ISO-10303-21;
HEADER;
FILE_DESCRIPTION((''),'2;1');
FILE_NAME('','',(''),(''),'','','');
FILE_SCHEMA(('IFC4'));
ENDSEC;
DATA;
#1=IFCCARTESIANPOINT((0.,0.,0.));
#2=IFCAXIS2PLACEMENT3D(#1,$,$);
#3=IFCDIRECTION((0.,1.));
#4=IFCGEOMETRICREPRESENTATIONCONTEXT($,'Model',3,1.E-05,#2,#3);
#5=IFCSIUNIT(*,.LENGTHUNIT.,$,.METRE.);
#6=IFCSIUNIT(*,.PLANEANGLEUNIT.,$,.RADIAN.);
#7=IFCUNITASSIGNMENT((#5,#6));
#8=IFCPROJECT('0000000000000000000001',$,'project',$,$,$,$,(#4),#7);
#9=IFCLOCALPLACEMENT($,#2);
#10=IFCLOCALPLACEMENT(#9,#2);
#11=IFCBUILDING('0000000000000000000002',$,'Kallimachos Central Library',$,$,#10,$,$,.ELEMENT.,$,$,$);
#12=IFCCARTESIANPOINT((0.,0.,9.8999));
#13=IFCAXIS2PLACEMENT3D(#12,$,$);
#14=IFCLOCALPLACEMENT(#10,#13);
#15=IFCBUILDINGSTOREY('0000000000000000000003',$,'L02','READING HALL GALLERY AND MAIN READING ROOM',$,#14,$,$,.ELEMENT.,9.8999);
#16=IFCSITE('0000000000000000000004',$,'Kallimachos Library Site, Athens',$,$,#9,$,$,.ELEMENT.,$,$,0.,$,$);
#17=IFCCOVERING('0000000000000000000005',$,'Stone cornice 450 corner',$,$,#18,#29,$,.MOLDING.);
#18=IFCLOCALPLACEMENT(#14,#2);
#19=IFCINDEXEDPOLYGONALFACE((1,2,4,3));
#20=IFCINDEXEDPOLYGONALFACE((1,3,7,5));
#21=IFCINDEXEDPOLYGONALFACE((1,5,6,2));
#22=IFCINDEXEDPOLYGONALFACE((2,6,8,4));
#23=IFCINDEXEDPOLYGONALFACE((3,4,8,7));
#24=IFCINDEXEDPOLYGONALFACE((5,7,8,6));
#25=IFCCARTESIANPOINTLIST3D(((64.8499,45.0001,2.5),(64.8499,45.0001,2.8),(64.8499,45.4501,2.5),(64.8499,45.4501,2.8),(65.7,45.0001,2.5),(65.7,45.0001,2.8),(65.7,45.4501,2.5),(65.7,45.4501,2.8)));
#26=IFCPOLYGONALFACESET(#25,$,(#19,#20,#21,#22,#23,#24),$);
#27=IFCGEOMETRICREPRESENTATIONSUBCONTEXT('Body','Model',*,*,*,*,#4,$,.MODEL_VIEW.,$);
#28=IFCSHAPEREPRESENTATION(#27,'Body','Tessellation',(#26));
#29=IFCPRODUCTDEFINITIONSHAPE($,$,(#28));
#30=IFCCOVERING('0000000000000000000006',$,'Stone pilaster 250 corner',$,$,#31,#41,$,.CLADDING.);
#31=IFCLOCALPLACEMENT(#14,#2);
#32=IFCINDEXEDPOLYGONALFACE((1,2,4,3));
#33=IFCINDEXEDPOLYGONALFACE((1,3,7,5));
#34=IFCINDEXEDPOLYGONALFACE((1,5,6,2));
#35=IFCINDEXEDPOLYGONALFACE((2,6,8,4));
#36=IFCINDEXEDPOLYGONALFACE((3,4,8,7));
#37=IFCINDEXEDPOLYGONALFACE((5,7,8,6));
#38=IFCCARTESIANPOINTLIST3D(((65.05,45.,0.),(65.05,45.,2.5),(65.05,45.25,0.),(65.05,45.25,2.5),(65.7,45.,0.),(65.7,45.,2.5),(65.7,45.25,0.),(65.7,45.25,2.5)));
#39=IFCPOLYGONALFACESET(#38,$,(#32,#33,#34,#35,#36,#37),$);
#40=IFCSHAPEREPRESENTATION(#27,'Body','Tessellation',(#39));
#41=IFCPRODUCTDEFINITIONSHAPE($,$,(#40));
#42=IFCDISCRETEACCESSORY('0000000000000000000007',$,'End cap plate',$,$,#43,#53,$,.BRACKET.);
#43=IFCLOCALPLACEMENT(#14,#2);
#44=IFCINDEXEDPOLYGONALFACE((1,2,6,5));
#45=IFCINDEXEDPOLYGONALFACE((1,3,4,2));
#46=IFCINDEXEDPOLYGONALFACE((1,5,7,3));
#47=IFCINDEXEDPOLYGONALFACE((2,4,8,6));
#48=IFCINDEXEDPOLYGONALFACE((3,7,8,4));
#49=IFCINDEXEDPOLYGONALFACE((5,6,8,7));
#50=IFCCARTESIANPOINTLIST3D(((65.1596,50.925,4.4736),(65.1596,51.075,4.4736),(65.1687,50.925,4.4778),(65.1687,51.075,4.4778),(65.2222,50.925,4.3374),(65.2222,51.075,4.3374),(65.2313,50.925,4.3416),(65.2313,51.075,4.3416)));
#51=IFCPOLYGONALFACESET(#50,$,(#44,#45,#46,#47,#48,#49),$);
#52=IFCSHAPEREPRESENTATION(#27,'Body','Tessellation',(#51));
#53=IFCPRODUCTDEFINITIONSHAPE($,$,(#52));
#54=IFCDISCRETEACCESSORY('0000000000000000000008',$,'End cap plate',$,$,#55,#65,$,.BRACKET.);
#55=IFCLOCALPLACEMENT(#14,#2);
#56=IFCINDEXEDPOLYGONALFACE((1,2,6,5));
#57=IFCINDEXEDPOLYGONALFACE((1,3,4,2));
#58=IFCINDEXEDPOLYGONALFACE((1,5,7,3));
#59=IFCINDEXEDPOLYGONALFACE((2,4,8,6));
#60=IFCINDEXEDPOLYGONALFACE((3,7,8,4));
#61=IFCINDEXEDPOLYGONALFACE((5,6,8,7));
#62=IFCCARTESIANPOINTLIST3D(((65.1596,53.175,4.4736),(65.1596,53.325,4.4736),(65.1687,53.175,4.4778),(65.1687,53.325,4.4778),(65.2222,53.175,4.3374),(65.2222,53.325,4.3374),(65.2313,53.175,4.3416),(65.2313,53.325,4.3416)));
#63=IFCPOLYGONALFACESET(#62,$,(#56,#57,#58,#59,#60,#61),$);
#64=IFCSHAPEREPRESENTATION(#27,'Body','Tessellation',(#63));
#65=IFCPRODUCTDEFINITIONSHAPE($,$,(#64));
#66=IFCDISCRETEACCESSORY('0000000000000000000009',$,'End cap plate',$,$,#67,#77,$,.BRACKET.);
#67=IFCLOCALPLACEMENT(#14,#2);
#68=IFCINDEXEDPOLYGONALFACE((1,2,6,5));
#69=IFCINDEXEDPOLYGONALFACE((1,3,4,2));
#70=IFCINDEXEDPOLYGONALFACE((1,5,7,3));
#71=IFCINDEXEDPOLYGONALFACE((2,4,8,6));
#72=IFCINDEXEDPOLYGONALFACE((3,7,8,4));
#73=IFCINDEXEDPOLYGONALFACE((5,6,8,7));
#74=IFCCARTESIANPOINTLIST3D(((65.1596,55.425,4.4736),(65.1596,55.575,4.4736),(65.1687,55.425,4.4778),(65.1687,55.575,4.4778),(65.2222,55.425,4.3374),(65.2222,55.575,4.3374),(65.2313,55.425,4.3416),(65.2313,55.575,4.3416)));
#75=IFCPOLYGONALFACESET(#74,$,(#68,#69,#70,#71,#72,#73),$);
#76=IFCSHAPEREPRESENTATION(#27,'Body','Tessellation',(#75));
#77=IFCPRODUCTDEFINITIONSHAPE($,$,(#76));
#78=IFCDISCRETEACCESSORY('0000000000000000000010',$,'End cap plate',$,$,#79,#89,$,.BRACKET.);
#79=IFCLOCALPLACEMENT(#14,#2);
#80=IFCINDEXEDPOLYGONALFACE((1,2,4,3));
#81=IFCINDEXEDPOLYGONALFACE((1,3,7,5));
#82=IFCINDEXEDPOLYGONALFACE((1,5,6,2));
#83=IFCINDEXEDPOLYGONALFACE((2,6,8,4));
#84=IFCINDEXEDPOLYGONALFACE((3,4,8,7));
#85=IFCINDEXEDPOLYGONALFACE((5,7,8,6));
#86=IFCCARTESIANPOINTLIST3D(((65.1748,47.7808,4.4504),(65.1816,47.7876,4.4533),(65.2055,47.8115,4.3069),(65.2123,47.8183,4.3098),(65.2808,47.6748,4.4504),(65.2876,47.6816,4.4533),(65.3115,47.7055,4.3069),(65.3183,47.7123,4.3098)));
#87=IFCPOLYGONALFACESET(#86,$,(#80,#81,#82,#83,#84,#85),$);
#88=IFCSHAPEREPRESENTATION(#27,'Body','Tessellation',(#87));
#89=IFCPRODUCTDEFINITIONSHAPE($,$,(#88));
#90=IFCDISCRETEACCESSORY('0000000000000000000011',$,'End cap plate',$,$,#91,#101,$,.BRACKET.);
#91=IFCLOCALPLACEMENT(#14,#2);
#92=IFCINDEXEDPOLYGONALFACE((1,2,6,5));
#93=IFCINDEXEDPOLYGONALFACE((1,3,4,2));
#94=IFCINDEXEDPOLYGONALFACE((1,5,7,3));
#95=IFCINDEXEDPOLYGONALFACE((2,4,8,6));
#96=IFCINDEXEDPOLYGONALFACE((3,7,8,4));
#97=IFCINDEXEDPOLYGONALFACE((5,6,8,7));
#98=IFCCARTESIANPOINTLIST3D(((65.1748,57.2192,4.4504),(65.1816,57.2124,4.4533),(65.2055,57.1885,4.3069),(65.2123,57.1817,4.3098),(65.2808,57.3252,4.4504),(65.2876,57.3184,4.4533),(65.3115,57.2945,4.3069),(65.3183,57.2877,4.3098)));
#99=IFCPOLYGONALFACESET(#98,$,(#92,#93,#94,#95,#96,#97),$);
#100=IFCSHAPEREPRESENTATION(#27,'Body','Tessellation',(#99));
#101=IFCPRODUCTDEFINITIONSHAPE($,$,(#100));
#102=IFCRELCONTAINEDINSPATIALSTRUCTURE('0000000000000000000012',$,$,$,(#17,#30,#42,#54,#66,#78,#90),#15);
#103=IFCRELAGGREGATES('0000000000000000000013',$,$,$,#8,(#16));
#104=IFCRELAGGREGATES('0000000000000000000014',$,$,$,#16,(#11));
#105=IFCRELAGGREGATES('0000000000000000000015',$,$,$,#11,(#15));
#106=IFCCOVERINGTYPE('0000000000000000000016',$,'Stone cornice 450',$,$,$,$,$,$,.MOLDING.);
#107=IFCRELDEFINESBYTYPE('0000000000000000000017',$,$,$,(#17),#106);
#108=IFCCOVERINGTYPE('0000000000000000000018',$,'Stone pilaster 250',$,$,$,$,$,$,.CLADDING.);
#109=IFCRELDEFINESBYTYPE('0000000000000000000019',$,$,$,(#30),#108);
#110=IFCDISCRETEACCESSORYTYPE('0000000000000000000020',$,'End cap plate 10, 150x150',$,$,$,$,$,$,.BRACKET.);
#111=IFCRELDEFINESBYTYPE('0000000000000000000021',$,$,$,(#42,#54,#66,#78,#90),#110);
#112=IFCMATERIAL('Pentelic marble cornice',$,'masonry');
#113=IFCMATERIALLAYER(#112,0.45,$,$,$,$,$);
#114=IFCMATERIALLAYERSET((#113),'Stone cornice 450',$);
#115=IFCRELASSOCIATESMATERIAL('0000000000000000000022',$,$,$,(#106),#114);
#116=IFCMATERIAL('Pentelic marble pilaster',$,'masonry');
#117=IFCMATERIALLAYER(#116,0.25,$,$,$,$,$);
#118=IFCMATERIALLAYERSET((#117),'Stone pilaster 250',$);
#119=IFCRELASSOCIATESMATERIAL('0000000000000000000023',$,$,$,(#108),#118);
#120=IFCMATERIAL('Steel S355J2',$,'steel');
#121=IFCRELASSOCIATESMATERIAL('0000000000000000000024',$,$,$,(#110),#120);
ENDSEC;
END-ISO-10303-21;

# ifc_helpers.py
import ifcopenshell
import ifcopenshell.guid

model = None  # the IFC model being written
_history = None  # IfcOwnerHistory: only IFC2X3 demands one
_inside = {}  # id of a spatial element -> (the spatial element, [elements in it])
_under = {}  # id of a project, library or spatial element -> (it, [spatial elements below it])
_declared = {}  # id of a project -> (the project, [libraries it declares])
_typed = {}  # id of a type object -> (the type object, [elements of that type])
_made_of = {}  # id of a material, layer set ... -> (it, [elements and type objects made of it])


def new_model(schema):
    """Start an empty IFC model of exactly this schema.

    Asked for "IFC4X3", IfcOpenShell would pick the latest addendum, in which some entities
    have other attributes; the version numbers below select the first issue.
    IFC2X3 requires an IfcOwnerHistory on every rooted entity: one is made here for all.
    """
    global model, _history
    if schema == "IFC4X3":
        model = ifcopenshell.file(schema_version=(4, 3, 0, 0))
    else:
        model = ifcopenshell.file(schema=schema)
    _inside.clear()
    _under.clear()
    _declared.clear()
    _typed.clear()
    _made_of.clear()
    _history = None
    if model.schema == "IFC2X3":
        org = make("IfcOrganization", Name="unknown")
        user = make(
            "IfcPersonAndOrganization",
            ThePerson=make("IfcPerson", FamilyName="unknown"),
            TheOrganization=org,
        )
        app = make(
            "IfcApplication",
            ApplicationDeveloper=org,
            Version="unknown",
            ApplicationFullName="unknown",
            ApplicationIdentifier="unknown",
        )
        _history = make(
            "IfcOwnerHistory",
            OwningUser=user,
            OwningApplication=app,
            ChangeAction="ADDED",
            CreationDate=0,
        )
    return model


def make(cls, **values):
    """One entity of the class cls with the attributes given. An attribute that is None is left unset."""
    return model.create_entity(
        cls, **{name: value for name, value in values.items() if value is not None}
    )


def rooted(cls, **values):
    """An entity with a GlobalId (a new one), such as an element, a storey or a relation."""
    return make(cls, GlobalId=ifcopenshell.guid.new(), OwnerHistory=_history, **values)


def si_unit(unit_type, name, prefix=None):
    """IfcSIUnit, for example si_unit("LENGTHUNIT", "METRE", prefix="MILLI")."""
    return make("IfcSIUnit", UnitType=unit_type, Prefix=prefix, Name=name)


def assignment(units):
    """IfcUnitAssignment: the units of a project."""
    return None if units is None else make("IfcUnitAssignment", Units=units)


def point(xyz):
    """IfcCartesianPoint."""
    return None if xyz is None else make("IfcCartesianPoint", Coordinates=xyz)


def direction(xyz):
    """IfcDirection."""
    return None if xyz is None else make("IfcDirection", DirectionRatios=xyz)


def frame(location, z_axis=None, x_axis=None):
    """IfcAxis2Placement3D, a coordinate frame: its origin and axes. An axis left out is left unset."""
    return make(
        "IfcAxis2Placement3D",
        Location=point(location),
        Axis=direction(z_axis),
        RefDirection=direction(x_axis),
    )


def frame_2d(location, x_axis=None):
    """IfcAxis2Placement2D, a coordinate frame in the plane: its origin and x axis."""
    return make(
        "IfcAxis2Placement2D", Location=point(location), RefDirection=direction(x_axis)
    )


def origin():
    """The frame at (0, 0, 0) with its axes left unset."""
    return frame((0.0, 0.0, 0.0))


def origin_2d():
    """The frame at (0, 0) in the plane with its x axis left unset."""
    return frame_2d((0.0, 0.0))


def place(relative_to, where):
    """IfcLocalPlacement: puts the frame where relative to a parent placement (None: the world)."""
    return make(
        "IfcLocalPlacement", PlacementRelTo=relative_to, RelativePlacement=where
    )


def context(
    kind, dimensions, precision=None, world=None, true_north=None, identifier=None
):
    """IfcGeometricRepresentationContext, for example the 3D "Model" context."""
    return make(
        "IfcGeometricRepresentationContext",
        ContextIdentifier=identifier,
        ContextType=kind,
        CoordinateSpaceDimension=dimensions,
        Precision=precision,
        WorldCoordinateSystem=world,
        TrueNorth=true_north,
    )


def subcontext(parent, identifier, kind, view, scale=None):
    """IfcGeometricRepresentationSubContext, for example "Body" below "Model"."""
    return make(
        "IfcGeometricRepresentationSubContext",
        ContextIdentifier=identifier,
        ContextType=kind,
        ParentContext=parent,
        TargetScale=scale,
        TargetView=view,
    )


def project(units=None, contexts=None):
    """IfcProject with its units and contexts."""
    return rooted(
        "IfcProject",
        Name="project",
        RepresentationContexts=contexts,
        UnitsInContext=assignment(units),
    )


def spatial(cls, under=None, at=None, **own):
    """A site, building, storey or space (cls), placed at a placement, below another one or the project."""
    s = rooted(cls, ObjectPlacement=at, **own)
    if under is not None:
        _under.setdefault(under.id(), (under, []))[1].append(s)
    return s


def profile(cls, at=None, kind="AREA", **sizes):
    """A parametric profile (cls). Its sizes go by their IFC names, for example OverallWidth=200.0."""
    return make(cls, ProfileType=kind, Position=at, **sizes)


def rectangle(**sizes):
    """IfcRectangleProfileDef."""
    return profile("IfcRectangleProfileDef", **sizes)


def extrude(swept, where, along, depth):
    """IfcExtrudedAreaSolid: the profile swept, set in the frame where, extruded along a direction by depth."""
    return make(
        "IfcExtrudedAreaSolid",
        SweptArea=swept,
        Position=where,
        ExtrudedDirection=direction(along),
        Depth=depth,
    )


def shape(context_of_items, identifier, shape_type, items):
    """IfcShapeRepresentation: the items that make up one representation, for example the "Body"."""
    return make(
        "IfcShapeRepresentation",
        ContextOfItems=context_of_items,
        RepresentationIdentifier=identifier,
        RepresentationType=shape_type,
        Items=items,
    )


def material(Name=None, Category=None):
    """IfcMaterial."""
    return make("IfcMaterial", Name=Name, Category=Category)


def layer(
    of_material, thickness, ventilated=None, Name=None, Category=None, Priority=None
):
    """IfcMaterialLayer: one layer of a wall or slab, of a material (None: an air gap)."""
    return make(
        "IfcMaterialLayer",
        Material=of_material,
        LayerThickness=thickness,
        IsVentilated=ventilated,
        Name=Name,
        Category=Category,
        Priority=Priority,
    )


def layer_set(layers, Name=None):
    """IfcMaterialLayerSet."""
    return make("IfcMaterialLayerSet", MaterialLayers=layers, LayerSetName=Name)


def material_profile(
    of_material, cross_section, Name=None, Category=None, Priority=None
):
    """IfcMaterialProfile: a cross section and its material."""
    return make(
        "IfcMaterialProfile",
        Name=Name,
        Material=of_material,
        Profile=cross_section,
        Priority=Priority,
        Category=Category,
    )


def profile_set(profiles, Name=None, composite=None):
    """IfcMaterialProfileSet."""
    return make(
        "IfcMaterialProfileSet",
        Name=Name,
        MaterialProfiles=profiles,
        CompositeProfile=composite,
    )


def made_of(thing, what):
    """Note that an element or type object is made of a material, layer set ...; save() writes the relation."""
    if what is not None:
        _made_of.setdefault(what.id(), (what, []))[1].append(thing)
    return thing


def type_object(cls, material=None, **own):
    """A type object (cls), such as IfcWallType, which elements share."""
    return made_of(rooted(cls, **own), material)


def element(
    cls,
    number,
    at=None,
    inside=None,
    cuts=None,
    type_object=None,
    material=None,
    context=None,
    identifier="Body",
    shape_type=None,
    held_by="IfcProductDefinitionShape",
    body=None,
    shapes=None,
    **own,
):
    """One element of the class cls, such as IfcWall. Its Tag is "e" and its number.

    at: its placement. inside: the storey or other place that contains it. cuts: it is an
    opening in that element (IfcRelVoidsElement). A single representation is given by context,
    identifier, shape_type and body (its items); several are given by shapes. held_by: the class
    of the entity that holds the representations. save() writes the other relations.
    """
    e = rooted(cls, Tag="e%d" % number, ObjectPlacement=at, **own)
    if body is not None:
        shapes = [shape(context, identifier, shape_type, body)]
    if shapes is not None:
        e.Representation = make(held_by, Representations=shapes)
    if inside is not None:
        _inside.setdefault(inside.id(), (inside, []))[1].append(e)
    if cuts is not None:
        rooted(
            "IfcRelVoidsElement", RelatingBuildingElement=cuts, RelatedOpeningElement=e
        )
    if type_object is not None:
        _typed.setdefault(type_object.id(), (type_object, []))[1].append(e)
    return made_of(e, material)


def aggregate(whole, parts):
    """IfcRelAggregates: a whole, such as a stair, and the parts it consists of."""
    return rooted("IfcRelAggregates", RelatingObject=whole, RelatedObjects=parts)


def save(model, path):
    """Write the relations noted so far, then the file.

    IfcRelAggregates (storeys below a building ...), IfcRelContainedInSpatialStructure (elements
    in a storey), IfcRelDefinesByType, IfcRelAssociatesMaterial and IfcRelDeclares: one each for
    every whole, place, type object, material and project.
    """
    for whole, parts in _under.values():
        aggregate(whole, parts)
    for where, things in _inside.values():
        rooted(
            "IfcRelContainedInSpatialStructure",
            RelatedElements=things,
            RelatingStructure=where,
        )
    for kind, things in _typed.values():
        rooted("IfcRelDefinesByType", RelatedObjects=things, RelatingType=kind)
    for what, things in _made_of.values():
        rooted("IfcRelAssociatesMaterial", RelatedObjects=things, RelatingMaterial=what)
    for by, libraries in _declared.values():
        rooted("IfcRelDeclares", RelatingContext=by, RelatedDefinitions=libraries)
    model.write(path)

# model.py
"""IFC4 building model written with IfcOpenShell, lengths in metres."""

from ifc_helpers import new_model, si_unit, direction, frame, origin, origin_2d, place, context, subcontext, project, spatial, rectangle, extrude, material, layer, layer_set, material_profile, profile_set, type_object, element, save


model = new_model("IFC4")

# Units and contexts
model_context = context("Model", 3, precision=1e-05, world=origin(), true_north=direction((0.0, 1.0)))
body_context = subcontext(model_context, "Body", "Model", "MODEL_VIEW")
ifc_project = project(units=[si_unit("LENGTHUNIT", "METRE"), si_unit("PLANEANGLEUNIT", "RADIAN")], contexts=[model_context])

# Site, building, storey
site_placement = place(None, origin())
site = spatial("IfcSite", under=ifc_project, at=site_placement, Name="Kallimachos Library Site, Athens", CompositionType="ELEMENT", RefElevation=0.0)
building_placement = place(site_placement, origin())
building = spatial("IfcBuilding", under=site, at=building_placement, Name="Kallimachos Central Library", CompositionType="ELEMENT")
storey_placement = place(building_placement, frame((0.0, 0.0, 9.8999)))
storey = spatial("IfcBuildingStorey", under=building, at=storey_placement, Name="L02", Description="READING HALL GALLERY AND MAIN READING ROOM", CompositionType="ELEMENT", Elevation=9.8999)

# Coverings
ifc_material_1 = material(Name="Pentelic marble cornice", Category="masonry")
ifc_layer_1 = layer(ifc_material_1, 0.45)
ifc_layer_set_1 = layer_set([ifc_layer_1], Name="Stone cornice 450")
covering_type_1 = type_object("IfcCoveringType", Name="Stone cornice 450", PredefinedType="MOLDING", material=ifc_layer_set_1)
covering_1_placement = place(storey_placement, frame((65.2749, 45.2251, 2.5), z_axis=(0.0, 0.0, 1.0), x_axis=(1.0, 0.0, 0.0)))
element("IfcCovering", 1, at=covering_1_placement, inside=storey, type_object=covering_type_1, Name="Stone cornice 450 corner", PredefinedType="MOLDING", context=body_context, shape_type="SweptSolid", body=[
    extrude(rectangle(XDim=0.8501, YDim=0.45, at=origin_2d()), origin(), (0.0, 0.0, 1.0), 0.3),
])
ifc_material_2 = material(Name="Pentelic marble pilaster", Category="masonry")
ifc_layer_2 = layer(ifc_material_2, 0.25)
ifc_layer_set_2 = layer_set([ifc_layer_2], Name="Stone pilaster 250")
covering_type_2 = type_object("IfcCoveringType", Name="Stone pilaster 250", PredefinedType="CLADDING", material=ifc_layer_set_2)
covering_2_placement = place(storey_placement, frame((65.375, 45.125, 0.0), z_axis=(0.0, 0.0, 1.0), x_axis=(1.0, 0.0, 0.0)))
element("IfcCovering", 2, at=covering_2_placement, inside=storey, type_object=covering_type_2, Name="Stone pilaster 250 corner", PredefinedType="CLADDING", context=body_context, shape_type="SweptSolid", body=[
    extrude(rectangle(XDim=0.6499, YDim=0.25, at=origin_2d()), origin(), (0.0, 0.0, 1.0), 2.5),
])

# Discrete accessories
ifc_material_3 = material(Name="Steel S355J2", Category="steel")
ifc_material_profile_1 = material_profile(ifc_material_3, rectangle(XDim=0.1499, YDim=0.1499, at=origin_2d()), Name="End cap plate 10, 150x150")
ifc_profile_set_1 = profile_set([ifc_material_profile_1], Name="Steel S355J2")
discrete_accessory_type = type_object("IfcDiscreteAccessoryType", Name="End cap plate 10, 150x150", PredefinedType="BRACKET", material=ifc_profile_set_1)
for number, where, z_axis, x_axis, name in (
    (3, (65.1909, 51.0, 4.4055), (0.908677, 0.0, 0.4175), (0.0, 1.0, 0.0), "End cap plate"),
    (4, (65.1909, 53.25, 4.4055), (0.908677, 0.0, 0.4175), (0.0, 1.0, 0.0), "End cap plate"),
    (5, (65.1909, 55.5, 4.4055), (0.908677, 0.0, 0.4175), (0.0, 1.0, 0.0), "End cap plate"),
    (6, (65.2432, 47.7432, 4.3787), (0.676716, 0.676716, 0.290021), (-0.707107, 0.707107, 0.0), "End cap plate"),
    (7, (65.2432, 57.2568, 4.3787), (0.676716, -0.676716, 0.290021), (0.707107, 0.707107, 0.0), "End cap plate"),
):
    element("IfcDiscreteAccessory", number, at=place(storey_placement, frame(where, z_axis=z_axis, x_axis=x_axis)), inside=storey, type_object=discrete_accessory_type, Name=name, PredefinedType="BRACKET", context=body_context, shape_type="SweptSolid", body=[
        extrude(rectangle(XDim=0.1499, YDim=0.1499, at=origin_2d()), origin(), (0.0, 0.0, 1.0), 0.01),
    ])

save(model, "model.ifc")
